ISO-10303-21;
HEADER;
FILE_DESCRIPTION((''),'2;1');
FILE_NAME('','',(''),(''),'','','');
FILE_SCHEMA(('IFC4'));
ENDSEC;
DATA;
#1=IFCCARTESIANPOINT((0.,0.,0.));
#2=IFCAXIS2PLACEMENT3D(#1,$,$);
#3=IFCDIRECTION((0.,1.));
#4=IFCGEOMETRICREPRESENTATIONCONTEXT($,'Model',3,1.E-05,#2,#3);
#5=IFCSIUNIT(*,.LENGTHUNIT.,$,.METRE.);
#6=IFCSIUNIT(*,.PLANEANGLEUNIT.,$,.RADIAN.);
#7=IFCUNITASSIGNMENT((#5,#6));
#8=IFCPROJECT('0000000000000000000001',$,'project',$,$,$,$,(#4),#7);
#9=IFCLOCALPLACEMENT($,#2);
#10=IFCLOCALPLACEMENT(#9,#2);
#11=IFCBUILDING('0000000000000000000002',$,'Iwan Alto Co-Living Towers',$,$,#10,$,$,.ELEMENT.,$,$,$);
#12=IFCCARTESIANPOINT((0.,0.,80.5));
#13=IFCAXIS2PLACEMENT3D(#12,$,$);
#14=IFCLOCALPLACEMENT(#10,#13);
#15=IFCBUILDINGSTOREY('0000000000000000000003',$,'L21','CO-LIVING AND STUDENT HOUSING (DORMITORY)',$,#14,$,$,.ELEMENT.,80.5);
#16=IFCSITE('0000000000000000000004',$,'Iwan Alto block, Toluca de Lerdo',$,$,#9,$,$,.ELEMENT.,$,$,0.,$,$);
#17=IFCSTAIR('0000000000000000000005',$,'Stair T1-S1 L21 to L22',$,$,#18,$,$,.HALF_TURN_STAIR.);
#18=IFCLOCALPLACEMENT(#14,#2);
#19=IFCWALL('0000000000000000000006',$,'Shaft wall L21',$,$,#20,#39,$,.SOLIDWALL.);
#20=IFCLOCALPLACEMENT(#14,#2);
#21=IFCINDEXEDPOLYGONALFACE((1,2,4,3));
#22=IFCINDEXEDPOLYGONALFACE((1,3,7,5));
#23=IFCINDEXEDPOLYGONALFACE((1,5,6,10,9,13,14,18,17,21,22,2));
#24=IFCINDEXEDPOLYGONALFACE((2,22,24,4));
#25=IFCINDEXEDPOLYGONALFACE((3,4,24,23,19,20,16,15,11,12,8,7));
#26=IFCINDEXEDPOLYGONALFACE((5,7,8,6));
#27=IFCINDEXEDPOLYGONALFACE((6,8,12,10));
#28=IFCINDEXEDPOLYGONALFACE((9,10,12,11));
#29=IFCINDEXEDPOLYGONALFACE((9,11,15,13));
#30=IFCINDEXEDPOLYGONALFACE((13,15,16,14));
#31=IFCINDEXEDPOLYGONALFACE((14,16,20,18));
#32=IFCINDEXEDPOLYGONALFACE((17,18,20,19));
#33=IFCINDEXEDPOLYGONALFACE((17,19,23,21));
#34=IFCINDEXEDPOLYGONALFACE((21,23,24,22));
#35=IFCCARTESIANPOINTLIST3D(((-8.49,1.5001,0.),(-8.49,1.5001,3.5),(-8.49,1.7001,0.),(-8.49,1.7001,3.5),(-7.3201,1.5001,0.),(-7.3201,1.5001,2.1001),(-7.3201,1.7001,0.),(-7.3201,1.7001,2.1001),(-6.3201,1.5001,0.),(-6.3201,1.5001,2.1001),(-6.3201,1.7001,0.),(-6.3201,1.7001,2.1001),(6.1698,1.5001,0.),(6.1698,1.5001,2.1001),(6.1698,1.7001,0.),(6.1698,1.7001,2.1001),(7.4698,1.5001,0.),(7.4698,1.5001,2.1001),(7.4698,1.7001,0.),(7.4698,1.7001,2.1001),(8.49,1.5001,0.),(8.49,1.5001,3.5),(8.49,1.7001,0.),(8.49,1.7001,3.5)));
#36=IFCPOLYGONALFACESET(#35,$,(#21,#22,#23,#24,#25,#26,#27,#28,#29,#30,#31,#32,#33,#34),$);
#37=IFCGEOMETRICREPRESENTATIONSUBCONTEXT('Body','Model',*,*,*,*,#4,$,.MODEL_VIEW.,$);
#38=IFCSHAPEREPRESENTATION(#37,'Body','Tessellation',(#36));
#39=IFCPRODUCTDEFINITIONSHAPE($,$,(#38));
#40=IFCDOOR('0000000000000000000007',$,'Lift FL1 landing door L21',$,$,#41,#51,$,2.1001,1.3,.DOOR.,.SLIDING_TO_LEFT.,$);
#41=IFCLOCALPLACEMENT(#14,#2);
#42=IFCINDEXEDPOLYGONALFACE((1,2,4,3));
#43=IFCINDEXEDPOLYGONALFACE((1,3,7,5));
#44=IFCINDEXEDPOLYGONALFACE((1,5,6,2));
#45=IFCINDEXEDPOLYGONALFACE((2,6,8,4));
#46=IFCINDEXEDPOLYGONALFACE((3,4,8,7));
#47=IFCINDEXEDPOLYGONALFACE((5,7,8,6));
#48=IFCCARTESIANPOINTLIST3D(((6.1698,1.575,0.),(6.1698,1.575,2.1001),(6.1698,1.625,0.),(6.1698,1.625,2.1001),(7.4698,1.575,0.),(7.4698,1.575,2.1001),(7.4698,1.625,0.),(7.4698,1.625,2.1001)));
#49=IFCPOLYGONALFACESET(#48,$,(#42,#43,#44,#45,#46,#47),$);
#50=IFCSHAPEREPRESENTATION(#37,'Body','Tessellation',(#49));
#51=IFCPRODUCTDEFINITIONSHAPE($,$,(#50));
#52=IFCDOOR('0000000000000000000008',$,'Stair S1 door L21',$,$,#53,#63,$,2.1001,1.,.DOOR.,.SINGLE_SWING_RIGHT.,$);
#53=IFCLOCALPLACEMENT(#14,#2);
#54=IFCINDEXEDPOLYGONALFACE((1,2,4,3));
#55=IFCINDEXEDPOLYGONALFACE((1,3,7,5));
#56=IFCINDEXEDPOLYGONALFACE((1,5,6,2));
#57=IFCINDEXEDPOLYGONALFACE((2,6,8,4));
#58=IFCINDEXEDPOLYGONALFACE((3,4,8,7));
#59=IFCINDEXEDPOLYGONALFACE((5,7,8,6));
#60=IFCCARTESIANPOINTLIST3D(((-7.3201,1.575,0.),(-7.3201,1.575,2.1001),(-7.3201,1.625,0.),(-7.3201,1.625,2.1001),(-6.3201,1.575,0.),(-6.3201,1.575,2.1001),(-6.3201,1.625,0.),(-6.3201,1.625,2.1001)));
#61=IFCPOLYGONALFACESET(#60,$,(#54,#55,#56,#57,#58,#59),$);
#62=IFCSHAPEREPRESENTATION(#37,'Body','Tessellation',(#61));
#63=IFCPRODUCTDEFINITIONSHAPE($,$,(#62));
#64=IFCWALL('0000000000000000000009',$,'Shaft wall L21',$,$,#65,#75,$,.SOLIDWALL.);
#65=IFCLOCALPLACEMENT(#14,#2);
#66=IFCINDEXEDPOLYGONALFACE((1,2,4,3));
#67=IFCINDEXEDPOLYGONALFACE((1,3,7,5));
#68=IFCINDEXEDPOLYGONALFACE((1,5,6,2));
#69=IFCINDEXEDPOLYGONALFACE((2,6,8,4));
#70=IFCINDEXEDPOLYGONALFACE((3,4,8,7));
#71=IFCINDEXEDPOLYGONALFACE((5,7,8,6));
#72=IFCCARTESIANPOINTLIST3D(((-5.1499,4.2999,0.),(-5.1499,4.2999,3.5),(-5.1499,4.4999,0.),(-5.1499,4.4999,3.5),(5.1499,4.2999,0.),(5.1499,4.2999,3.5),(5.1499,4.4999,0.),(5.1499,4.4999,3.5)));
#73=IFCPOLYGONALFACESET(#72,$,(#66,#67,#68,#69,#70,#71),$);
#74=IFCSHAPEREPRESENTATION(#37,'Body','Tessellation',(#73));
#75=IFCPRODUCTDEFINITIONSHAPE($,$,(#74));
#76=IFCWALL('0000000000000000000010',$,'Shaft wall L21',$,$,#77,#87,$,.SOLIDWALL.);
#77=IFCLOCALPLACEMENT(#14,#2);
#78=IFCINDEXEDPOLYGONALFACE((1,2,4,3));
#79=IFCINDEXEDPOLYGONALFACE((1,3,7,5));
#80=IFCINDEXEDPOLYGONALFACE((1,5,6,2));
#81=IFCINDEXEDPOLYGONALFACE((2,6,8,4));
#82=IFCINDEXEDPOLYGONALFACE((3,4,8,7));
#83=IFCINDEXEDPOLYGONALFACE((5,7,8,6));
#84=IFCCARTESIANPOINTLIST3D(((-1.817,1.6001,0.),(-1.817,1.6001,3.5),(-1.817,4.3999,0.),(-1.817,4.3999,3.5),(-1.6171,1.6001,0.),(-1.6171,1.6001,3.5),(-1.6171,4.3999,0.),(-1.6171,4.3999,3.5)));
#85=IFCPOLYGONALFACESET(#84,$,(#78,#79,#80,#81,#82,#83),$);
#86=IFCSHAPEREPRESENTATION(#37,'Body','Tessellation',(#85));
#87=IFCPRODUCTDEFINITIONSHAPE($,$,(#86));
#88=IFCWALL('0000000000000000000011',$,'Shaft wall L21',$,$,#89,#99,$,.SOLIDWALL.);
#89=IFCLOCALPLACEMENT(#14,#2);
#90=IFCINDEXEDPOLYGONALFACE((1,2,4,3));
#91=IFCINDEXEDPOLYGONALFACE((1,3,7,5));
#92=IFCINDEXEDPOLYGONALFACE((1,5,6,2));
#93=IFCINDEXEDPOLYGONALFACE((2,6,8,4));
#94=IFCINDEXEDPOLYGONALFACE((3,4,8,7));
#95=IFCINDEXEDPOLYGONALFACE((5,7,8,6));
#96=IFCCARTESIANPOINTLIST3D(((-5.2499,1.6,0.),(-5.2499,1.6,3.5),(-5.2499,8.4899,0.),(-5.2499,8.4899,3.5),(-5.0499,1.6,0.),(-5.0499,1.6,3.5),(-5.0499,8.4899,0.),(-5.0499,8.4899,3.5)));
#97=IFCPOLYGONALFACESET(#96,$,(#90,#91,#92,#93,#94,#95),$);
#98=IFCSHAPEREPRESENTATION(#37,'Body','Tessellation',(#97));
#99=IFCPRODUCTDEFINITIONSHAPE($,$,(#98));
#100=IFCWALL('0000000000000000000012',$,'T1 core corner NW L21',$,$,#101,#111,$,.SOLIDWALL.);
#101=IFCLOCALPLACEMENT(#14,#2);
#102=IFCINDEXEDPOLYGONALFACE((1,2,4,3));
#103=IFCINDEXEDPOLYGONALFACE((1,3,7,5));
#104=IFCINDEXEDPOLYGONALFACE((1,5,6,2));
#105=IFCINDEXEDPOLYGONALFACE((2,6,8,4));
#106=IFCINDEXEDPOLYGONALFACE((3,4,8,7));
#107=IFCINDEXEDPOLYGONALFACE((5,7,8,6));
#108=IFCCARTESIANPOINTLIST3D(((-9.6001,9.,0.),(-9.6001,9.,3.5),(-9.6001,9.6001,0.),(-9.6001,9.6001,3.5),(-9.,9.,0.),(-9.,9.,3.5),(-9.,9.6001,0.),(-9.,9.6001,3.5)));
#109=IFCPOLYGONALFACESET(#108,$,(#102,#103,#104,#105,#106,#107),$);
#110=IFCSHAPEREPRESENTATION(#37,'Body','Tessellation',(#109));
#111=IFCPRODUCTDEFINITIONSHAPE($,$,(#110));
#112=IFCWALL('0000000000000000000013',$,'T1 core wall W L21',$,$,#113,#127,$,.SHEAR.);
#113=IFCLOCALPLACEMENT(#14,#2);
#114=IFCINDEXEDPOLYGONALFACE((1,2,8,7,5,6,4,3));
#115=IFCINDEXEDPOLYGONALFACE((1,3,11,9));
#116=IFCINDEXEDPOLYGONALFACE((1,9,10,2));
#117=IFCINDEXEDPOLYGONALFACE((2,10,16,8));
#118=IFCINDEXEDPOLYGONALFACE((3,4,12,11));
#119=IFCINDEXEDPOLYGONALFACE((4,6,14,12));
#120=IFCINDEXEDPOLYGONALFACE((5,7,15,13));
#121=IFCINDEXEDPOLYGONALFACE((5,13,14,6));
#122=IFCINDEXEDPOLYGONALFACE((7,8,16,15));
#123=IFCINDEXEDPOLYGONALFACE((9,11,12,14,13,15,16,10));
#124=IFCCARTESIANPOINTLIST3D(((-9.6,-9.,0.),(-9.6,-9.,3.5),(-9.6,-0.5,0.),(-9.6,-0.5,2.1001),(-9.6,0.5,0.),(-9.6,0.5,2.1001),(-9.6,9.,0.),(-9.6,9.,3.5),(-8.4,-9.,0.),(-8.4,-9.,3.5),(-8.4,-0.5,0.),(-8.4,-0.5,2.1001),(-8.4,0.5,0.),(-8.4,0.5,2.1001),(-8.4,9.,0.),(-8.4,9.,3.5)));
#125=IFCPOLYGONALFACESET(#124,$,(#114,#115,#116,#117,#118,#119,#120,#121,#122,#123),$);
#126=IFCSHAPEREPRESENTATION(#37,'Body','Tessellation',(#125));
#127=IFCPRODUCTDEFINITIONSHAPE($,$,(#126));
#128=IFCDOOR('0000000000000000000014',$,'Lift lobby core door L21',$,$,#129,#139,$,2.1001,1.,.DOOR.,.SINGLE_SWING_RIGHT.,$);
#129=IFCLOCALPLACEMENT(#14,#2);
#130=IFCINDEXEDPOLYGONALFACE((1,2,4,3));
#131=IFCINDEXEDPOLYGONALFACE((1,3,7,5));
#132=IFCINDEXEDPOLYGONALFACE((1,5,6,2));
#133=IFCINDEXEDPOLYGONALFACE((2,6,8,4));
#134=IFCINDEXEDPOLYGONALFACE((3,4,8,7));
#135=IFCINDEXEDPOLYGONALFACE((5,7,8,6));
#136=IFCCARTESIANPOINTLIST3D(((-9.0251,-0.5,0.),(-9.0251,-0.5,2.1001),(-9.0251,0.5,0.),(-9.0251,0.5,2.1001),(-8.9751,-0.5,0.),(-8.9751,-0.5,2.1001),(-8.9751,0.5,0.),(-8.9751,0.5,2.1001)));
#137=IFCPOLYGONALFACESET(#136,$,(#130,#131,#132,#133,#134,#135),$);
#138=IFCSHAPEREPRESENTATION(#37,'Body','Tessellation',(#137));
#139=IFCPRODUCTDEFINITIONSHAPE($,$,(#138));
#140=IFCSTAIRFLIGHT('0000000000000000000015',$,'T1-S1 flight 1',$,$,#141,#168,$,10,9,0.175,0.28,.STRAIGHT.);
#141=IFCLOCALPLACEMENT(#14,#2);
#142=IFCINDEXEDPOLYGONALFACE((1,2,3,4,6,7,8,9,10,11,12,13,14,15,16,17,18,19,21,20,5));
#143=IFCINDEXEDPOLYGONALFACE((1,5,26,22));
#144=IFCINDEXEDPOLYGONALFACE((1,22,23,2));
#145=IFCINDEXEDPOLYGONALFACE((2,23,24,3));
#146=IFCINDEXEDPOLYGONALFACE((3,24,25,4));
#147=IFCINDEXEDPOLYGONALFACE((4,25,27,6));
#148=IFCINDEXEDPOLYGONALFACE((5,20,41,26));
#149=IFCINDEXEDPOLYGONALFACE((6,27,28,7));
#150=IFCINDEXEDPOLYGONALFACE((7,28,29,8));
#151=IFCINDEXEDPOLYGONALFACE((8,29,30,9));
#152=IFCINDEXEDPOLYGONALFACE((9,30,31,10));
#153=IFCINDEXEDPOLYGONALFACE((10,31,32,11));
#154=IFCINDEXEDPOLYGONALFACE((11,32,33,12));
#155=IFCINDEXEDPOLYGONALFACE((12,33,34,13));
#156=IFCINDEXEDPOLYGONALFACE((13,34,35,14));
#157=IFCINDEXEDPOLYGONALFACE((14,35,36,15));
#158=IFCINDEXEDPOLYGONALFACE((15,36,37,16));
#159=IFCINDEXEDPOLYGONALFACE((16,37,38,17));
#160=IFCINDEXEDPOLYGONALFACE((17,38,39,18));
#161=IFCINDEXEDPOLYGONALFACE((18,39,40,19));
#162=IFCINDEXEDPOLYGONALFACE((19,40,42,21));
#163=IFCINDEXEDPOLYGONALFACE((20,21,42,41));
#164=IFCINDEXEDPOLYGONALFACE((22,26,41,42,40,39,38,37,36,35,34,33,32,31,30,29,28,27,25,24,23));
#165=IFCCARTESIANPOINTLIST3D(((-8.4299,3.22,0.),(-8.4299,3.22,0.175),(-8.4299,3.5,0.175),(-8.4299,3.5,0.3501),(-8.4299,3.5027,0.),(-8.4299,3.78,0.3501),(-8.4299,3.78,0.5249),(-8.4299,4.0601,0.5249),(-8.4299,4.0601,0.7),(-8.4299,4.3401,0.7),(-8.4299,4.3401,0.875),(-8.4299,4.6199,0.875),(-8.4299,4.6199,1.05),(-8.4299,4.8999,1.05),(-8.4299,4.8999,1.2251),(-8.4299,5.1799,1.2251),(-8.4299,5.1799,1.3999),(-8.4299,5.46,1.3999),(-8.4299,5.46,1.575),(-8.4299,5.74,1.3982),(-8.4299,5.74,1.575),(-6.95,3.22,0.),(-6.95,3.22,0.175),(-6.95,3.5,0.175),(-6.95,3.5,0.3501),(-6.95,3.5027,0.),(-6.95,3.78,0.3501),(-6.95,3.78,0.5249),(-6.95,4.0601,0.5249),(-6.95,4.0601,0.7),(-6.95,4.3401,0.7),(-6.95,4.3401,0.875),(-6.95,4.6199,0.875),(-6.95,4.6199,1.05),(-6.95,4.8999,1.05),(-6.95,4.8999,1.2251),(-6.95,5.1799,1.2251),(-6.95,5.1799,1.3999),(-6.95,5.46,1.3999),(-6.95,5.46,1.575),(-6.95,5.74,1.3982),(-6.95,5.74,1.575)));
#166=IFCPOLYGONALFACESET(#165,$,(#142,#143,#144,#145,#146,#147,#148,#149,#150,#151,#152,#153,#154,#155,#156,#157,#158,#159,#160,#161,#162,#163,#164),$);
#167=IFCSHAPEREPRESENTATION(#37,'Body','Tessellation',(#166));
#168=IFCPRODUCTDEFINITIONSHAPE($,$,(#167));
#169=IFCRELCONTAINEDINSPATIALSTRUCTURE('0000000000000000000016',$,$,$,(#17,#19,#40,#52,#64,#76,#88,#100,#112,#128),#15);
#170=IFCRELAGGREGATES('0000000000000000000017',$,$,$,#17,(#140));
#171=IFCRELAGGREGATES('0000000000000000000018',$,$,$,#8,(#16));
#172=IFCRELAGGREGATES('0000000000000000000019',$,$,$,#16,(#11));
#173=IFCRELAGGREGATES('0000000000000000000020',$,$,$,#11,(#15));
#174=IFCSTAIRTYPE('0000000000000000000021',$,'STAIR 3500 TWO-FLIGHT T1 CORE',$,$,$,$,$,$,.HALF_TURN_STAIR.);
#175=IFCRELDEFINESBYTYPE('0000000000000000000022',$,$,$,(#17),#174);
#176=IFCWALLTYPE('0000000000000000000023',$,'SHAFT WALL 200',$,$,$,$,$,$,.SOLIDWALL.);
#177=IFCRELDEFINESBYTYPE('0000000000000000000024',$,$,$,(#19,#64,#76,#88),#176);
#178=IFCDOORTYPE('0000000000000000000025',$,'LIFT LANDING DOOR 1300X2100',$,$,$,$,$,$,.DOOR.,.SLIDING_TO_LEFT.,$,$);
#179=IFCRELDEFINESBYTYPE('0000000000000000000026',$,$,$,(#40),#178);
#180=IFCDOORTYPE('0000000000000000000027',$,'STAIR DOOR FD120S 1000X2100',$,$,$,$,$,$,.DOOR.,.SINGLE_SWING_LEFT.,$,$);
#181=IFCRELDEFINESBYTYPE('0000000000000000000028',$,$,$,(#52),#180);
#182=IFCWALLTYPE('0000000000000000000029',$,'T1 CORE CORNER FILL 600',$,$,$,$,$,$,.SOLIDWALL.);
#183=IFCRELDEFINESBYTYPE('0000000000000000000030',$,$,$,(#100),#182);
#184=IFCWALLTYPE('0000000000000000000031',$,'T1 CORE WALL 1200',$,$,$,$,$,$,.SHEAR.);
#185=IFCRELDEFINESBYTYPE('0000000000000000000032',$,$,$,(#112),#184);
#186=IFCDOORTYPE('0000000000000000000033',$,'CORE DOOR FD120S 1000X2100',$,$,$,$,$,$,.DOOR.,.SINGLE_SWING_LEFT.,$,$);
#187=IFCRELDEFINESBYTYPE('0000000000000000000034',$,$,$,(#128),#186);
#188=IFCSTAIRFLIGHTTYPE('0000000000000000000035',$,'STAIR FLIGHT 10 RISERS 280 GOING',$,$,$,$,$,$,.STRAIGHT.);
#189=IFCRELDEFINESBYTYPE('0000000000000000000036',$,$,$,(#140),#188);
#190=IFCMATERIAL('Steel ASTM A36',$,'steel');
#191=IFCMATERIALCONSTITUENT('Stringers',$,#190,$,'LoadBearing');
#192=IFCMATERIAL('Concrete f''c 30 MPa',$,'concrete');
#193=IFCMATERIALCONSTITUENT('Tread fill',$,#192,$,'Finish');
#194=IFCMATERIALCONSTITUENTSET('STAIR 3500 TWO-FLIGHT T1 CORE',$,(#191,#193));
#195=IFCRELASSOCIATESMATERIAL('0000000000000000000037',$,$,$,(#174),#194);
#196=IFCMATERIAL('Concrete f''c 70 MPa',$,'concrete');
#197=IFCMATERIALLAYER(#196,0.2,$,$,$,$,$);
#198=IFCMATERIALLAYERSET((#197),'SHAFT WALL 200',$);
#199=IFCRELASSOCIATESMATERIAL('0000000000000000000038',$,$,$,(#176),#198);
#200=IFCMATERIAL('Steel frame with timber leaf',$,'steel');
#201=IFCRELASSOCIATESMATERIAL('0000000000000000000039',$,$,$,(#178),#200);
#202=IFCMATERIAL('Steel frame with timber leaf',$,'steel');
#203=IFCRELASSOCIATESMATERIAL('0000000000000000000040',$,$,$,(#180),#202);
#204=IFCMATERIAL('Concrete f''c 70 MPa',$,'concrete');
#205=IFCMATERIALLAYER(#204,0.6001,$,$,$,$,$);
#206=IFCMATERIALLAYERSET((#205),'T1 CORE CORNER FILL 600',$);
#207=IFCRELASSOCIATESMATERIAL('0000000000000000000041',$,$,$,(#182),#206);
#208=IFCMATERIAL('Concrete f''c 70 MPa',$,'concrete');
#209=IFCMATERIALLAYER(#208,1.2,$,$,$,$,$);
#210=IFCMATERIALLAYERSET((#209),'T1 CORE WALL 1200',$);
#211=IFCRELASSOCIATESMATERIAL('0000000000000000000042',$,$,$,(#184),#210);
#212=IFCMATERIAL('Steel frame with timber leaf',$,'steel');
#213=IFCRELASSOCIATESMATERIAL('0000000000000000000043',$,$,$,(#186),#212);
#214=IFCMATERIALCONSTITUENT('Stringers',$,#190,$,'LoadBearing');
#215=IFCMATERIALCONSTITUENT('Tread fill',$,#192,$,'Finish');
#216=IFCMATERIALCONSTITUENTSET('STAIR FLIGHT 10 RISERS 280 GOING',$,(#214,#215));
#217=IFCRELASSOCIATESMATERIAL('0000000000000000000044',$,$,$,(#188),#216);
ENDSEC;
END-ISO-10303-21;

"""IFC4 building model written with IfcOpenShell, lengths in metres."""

from ifc_helpers import new_model, si_unit, direction, frame, frame_2d, origin, place, context, subcontext, project, spatial, polyline, rectangle, outline, extrude, material, layer, layer_set, constituent, constituent_set, type_object, element, fill, aggregate, save


model = new_model("IFC4")

# Units and contexts
model_context = context("Model", 3, precision=1e-05, world=origin(), true_north=direction((0.0, 1.0)))
body_context = subcontext(model_context, "Body", "Model", "MODEL_VIEW")
ifc_project = project(units=[si_unit("LENGTHUNIT", "METRE"), si_unit("PLANEANGLEUNIT", "RADIAN")], contexts=[model_context])

# Site, building, storey
site_placement = place(None, origin())
site = spatial("IfcSite", under=ifc_project, at=site_placement, Name="Iwan Alto block, Toluca de Lerdo", CompositionType="ELEMENT", RefElevation=0.0)
building_placement = place(site_placement, origin())
building = spatial("IfcBuilding", under=site, at=building_placement, Name="Iwan Alto Co-Living Towers", CompositionType="ELEMENT")
storey_placement = place(building_placement, frame((0.0, 0.0, 80.5)))
storey = spatial("IfcBuildingStorey", under=building, at=storey_placement, Name="L21", Description="CO-LIVING AND STUDENT HOUSING (DORMITORY)", CompositionType="ELEMENT", Elevation=80.5)

# Stair
ifc_material_1 = material(Name="Steel ASTM A36", Category="steel")
ifc_constituent_1 = constituent(ifc_material_1, Name="Stringers", Category="LoadBearing")
ifc_material_2 = material(Name="Concrete f'c 30 MPa", Category="concrete")
ifc_constituent_2 = constituent(ifc_material_2, Name="Tread fill", Category="Finish")
ifc_constituent_set_1 = constituent_set(constituents=[ifc_constituent_1, ifc_constituent_2], Name="STAIR 3500 TWO-FLIGHT T1 CORE")
stair_type = type_object("IfcStairType", Name="STAIR 3500 TWO-FLIGHT T1 CORE", PredefinedType="HALF_TURN_STAIR", material=ifc_constituent_set_1)
stair_1_placement = place(storey_placement, origin())
stair_1 = element("IfcStair", 1, at=stair_1_placement, inside=storey, type_object=stair_type, Name="Stair T1-S1 L21 to L22", PredefinedType="HALF_TURN_STAIR")

# Wall, openings, doors
ifc_material_3 = material(Name="Concrete f'c 70 MPa", Category="concrete")
ifc_layer_1 = layer(ifc_material_3, 0.2)
ifc_layer_set_1 = layer_set([ifc_layer_1], Name="SHAFT WALL 200")
wall_type_1 = type_object("IfcWallType", Name="SHAFT WALL 200", PredefinedType="SOLIDWALL", material=ifc_layer_set_1)
wall_1_placement = place(storey_placement, frame((-8.49, 1.6001, 0.0), z_axis=(0.0, 0.0, 1.0), x_axis=(1.0, 0.0, 0.0)))
wall_1 = element("IfcWall", 2, at=wall_1_placement, inside=storey, type_object=wall_type_1, Name="Shaft wall L21", PredefinedType="SOLIDWALL", context=body_context, shape_type="SweptSolid", body=[
    extrude(rectangle(XDim=16.98, YDim=0.2, at=frame_2d((8.49, 0.0))), origin(), (0.0, 0.0, 1.0), 3.5),
])
opening_1_placement = place(wall_1_placement, frame((1.1699, 0.0, 0.0)))
opening_1 = element("IfcOpeningElement", 3, at=opening_1_placement, cuts=wall_1, PredefinedType="OPENING", context=body_context, shape_type="SweptSolid", body=[
    extrude(rectangle(XDim=1.0, YDim=2.1001, at=frame_2d((0.5, 1.05))), frame((0.0, 0.1099, 0.0), z_axis=(0.0, -1.0, 0.0), x_axis=(1.0, 0.0, 0.0)), (0.0, 0.0, 1.0), 0.22),
])
opening_2_placement = place(wall_1_placement, frame((14.6599, 0.0, 0.0)))
opening_2 = element("IfcOpeningElement", 4, at=opening_2_placement, cuts=wall_1, PredefinedType="OPENING", context=body_context, shape_type="SweptSolid", body=[
    extrude(rectangle(XDim=1.3, YDim=2.1001, at=frame_2d((0.6499, 1.05))), frame((0.0, 0.1099, 0.0), z_axis=(0.0, -1.0, 0.0), x_axis=(1.0, 0.0, 0.0)), (0.0, 0.0, 1.0), 0.22),
])
ifc_material_4 = material(Name="Steel frame with timber leaf", Category="steel")
door_type_1 = type_object("IfcDoorType", Name="LIFT LANDING DOOR 1300X2100", OperationType="SLIDING_TO_LEFT", PredefinedType="DOOR", material=ifc_material_4)
door_1_placement = place(opening_2_placement, origin())
door_1 = element("IfcDoor", 5, at=door_1_placement, inside=storey, type_object=door_type_1, Name="Lift FL1 landing door L21", OperationType="SLIDING_TO_LEFT", OverallHeight=2.1001, OverallWidth=1.3, PredefinedType="DOOR", context=body_context, shape_type="SweptSolid", body=[
    extrude(rectangle(XDim=1.3, YDim=2.1001, at=frame_2d((0.6499, 1.05))), frame((0.0, 0.0249, 0.0), z_axis=(0.0, -1.0, 0.0), x_axis=(1.0, 0.0, 0.0)), (0.0, 0.0, 1.0), 0.05),
])
fill(opening_2, door_1)
ifc_material_5 = material(Name="Steel frame with timber leaf", Category="steel")
door_type_2 = type_object("IfcDoorType", Name="STAIR DOOR FD120S 1000X2100", OperationType="SINGLE_SWING_LEFT", PredefinedType="DOOR", material=ifc_material_5)
door_2_placement = place(opening_1_placement, origin())
door_2 = element("IfcDoor", 6, at=door_2_placement, inside=storey, type_object=door_type_2, Name="Stair S1 door L21", OperationType="SINGLE_SWING_RIGHT", OverallHeight=2.1001, OverallWidth=1.0, PredefinedType="DOOR", context=body_context, shape_type="SweptSolid", body=[
    extrude(rectangle(XDim=1.0, YDim=2.1001, at=frame_2d((0.5, 1.05))), frame((0.0, 0.0249, 0.0), z_axis=(0.0, -1.0, 0.0), x_axis=(1.0, 0.0, 0.0)), (0.0, 0.0, 1.0), 0.05),
])
fill(opening_1, door_2)

# Walls
wall_2_placement = place(storey_placement, frame((-5.1499, 4.3999, 0.0), z_axis=(0.0, 0.0, 1.0), x_axis=(1.0, 0.0, 0.0)))
element("IfcWall", 7, at=wall_2_placement, inside=storey, type_object=wall_type_1, Name="Shaft wall L21", PredefinedType="SOLIDWALL", context=body_context, shape_type="SweptSolid", body=[
    extrude(rectangle(XDim=10.2998, YDim=0.2, at=frame_2d((5.1499, 0.0))), origin(), (0.0, 0.0, 1.0), 3.5),
])
wall_3_placement = place(storey_placement, frame((-1.717, 1.6001, 0.0), z_axis=(0.0, 0.0, 1.0), x_axis=(0.0, 1.0, 0.0)))
element("IfcWall", 8, at=wall_3_placement, inside=storey, type_object=wall_type_1, Name="Shaft wall L21", PredefinedType="SOLIDWALL", context=body_context, shape_type="SweptSolid", body=[
    extrude(rectangle(XDim=2.7998, YDim=0.2, at=frame_2d((1.3999, 0.0))), origin(), (0.0, 0.0, 1.0), 3.5),
])
wall_4_placement = place(storey_placement, frame((-5.1499, 1.6001, 0.0), z_axis=(0.0, 0.0, 1.0), x_axis=(0.0, 1.0, 0.0)))
element("IfcWall", 9, at=wall_4_placement, inside=storey, type_object=wall_type_1, Name="Shaft wall L21", PredefinedType="SOLIDWALL", context=body_context, shape_type="SweptSolid", body=[
    extrude(rectangle(XDim=6.8899, YDim=0.2, at=frame_2d((3.4448, 0.0))), origin(), (0.0, 0.0, 1.0), 3.5),
])
ifc_material_6 = material(Name="Concrete f'c 70 MPa", Category="concrete")
ifc_layer_2 = layer(ifc_material_6, 0.6001)
ifc_layer_set_2 = layer_set([ifc_layer_2], Name="T1 CORE CORNER FILL 600")
wall_type_2 = type_object("IfcWallType", Name="T1 CORE CORNER FILL 600", PredefinedType="SOLIDWALL", material=ifc_layer_set_2)
wall_5_placement = place(storey_placement, frame((-9.6001, 9.3, 0.0), z_axis=(0.0, 0.0, 1.0), x_axis=(1.0, 0.0, 0.0)))
element("IfcWall", 10, at=wall_5_placement, inside=storey, type_object=wall_type_2, Name="T1 core corner NW L21", PredefinedType="SOLIDWALL", context=body_context, shape_type="SweptSolid", body=[
    extrude(rectangle(XDim=0.6001, YDim=0.6001, at=frame_2d((0.3, 0.0))), origin(), (0.0, 0.0, 1.0), 3.5),
])

# Wall, opening, door
ifc_material_7 = material(Name="Concrete f'c 70 MPa", Category="concrete")
ifc_layer_3 = layer(ifc_material_7, 1.2)
ifc_layer_set_3 = layer_set([ifc_layer_3], Name="T1 CORE WALL 1200")
wall_type_3 = type_object("IfcWallType", Name="T1 CORE WALL 1200", PredefinedType="SHEAR", material=ifc_layer_set_3)
wall_6_placement = place(storey_placement, frame((-9.0, 9.0, 0.0), z_axis=(0.0, 0.0, 1.0), x_axis=(0.0, -1.0, 0.0)))
wall_6 = element("IfcWall", 11, at=wall_6_placement, inside=storey, type_object=wall_type_3, Name="T1 core wall W L21", PredefinedType="SHEAR", context=body_context, shape_type="SweptSolid", body=[
    extrude(rectangle(XDim=18.0, YDim=1.2, at=frame_2d((9.0, 0.0))), origin(), (0.0, 0.0, 1.0), 3.5),
])
opening_3_placement = place(wall_6_placement, frame((8.5, 0.0, 0.0)))
opening_3 = element("IfcOpeningElement", 12, at=opening_3_placement, cuts=wall_6, PredefinedType="OPENING", context=body_context, shape_type="SweptSolid", body=[
    extrude(rectangle(XDim=1.0, YDim=2.1001, at=frame_2d((0.5, 1.05))), frame((0.0, 0.6099, 0.0), z_axis=(0.0, -1.0, 0.0), x_axis=(1.0, 0.0, 0.0)), (0.0, 0.0, 1.0), 1.22),
])
ifc_material_8 = material(Name="Steel frame with timber leaf", Category="steel")
door_type_3 = type_object("IfcDoorType", Name="CORE DOOR FD120S 1000X2100", OperationType="SINGLE_SWING_LEFT", PredefinedType="DOOR", material=ifc_material_8)
door_3_placement = place(opening_3_placement, origin())
door_3 = element("IfcDoor", 13, at=door_3_placement, inside=storey, type_object=door_type_3, Name="Lift lobby core door L21", OperationType="SINGLE_SWING_RIGHT", OverallHeight=2.1001, OverallWidth=1.0, PredefinedType="DOOR", context=body_context, shape_type="SweptSolid", body=[
    extrude(rectangle(XDim=1.0, YDim=2.1001, at=frame_2d((0.5, 1.05))), frame((0.0, 0.0249, 0.0), z_axis=(0.0, -1.0, 0.0), x_axis=(1.0, 0.0, 0.0)), (0.0, 0.0, 1.0), 0.05),
])
fill(opening_3, door_3)

# Stair flight
ifc_constituent_3 = constituent(ifc_material_1, Name="Stringers", Category="LoadBearing")
ifc_constituent_4 = constituent(ifc_material_2, Name="Tread fill", Category="Finish")
ifc_constituent_set_2 = constituent_set(constituents=[ifc_constituent_3, ifc_constituent_4], Name="STAIR FLIGHT 10 RISERS 280 GOING")
stair_flight_type = type_object("IfcStairFlightType", Name="STAIR FLIGHT 10 RISERS 280 GOING", PredefinedType="STRAIGHT", material=ifc_constituent_set_2)
stair_flight_1_placement = place(storey_placement, frame((-7.6899, 3.22, 0.0), z_axis=(0.0, 0.0, 1.0), x_axis=(0.0, 1.0, 0.0)))
stair_flight_1 = element("IfcStairFlight", 14, at=stair_flight_1_placement, type_object=stair_flight_type, Name="T1-S1 flight 1", NumberOfRisers=10, NumberOfTreads=9, PredefinedType="STRAIGHT", RiserHeight=0.175, TreadLength=0.28, context=body_context, shape_type="SweptSolid", body=[
    extrude(outline(polyline([(0.0, 0.0), (0.0, 0.175), (0.28, 0.175), (0.28, 0.3501), (0.5601, 0.3501), (0.5601, 0.5249), (0.8401, 0.5249), (0.8401, 0.7), (1.1201, 0.7), (1.1201, 0.875), (1.3999, 0.875), (1.3999, 1.05), (1.6799, 1.05), (1.6799, 1.2251), (1.96, 1.2251), (1.96, 1.3999), (2.24, 1.3999), (2.24, 1.575), (2.52, 1.575), (2.52, 1.75), (2.52, 1.3982), (0.2827, 0.0), (0.0, 0.0)])), frame((0.0, 0.74, 0.0), z_axis=(0.0, -1.0, 0.0), x_axis=(1.0, 0.0, 0.0)), (0.0, 0.0, 1.0), 1.48),
])
aggregate(stair_1, [stair_flight_1])

save(model, "model.ifc")
